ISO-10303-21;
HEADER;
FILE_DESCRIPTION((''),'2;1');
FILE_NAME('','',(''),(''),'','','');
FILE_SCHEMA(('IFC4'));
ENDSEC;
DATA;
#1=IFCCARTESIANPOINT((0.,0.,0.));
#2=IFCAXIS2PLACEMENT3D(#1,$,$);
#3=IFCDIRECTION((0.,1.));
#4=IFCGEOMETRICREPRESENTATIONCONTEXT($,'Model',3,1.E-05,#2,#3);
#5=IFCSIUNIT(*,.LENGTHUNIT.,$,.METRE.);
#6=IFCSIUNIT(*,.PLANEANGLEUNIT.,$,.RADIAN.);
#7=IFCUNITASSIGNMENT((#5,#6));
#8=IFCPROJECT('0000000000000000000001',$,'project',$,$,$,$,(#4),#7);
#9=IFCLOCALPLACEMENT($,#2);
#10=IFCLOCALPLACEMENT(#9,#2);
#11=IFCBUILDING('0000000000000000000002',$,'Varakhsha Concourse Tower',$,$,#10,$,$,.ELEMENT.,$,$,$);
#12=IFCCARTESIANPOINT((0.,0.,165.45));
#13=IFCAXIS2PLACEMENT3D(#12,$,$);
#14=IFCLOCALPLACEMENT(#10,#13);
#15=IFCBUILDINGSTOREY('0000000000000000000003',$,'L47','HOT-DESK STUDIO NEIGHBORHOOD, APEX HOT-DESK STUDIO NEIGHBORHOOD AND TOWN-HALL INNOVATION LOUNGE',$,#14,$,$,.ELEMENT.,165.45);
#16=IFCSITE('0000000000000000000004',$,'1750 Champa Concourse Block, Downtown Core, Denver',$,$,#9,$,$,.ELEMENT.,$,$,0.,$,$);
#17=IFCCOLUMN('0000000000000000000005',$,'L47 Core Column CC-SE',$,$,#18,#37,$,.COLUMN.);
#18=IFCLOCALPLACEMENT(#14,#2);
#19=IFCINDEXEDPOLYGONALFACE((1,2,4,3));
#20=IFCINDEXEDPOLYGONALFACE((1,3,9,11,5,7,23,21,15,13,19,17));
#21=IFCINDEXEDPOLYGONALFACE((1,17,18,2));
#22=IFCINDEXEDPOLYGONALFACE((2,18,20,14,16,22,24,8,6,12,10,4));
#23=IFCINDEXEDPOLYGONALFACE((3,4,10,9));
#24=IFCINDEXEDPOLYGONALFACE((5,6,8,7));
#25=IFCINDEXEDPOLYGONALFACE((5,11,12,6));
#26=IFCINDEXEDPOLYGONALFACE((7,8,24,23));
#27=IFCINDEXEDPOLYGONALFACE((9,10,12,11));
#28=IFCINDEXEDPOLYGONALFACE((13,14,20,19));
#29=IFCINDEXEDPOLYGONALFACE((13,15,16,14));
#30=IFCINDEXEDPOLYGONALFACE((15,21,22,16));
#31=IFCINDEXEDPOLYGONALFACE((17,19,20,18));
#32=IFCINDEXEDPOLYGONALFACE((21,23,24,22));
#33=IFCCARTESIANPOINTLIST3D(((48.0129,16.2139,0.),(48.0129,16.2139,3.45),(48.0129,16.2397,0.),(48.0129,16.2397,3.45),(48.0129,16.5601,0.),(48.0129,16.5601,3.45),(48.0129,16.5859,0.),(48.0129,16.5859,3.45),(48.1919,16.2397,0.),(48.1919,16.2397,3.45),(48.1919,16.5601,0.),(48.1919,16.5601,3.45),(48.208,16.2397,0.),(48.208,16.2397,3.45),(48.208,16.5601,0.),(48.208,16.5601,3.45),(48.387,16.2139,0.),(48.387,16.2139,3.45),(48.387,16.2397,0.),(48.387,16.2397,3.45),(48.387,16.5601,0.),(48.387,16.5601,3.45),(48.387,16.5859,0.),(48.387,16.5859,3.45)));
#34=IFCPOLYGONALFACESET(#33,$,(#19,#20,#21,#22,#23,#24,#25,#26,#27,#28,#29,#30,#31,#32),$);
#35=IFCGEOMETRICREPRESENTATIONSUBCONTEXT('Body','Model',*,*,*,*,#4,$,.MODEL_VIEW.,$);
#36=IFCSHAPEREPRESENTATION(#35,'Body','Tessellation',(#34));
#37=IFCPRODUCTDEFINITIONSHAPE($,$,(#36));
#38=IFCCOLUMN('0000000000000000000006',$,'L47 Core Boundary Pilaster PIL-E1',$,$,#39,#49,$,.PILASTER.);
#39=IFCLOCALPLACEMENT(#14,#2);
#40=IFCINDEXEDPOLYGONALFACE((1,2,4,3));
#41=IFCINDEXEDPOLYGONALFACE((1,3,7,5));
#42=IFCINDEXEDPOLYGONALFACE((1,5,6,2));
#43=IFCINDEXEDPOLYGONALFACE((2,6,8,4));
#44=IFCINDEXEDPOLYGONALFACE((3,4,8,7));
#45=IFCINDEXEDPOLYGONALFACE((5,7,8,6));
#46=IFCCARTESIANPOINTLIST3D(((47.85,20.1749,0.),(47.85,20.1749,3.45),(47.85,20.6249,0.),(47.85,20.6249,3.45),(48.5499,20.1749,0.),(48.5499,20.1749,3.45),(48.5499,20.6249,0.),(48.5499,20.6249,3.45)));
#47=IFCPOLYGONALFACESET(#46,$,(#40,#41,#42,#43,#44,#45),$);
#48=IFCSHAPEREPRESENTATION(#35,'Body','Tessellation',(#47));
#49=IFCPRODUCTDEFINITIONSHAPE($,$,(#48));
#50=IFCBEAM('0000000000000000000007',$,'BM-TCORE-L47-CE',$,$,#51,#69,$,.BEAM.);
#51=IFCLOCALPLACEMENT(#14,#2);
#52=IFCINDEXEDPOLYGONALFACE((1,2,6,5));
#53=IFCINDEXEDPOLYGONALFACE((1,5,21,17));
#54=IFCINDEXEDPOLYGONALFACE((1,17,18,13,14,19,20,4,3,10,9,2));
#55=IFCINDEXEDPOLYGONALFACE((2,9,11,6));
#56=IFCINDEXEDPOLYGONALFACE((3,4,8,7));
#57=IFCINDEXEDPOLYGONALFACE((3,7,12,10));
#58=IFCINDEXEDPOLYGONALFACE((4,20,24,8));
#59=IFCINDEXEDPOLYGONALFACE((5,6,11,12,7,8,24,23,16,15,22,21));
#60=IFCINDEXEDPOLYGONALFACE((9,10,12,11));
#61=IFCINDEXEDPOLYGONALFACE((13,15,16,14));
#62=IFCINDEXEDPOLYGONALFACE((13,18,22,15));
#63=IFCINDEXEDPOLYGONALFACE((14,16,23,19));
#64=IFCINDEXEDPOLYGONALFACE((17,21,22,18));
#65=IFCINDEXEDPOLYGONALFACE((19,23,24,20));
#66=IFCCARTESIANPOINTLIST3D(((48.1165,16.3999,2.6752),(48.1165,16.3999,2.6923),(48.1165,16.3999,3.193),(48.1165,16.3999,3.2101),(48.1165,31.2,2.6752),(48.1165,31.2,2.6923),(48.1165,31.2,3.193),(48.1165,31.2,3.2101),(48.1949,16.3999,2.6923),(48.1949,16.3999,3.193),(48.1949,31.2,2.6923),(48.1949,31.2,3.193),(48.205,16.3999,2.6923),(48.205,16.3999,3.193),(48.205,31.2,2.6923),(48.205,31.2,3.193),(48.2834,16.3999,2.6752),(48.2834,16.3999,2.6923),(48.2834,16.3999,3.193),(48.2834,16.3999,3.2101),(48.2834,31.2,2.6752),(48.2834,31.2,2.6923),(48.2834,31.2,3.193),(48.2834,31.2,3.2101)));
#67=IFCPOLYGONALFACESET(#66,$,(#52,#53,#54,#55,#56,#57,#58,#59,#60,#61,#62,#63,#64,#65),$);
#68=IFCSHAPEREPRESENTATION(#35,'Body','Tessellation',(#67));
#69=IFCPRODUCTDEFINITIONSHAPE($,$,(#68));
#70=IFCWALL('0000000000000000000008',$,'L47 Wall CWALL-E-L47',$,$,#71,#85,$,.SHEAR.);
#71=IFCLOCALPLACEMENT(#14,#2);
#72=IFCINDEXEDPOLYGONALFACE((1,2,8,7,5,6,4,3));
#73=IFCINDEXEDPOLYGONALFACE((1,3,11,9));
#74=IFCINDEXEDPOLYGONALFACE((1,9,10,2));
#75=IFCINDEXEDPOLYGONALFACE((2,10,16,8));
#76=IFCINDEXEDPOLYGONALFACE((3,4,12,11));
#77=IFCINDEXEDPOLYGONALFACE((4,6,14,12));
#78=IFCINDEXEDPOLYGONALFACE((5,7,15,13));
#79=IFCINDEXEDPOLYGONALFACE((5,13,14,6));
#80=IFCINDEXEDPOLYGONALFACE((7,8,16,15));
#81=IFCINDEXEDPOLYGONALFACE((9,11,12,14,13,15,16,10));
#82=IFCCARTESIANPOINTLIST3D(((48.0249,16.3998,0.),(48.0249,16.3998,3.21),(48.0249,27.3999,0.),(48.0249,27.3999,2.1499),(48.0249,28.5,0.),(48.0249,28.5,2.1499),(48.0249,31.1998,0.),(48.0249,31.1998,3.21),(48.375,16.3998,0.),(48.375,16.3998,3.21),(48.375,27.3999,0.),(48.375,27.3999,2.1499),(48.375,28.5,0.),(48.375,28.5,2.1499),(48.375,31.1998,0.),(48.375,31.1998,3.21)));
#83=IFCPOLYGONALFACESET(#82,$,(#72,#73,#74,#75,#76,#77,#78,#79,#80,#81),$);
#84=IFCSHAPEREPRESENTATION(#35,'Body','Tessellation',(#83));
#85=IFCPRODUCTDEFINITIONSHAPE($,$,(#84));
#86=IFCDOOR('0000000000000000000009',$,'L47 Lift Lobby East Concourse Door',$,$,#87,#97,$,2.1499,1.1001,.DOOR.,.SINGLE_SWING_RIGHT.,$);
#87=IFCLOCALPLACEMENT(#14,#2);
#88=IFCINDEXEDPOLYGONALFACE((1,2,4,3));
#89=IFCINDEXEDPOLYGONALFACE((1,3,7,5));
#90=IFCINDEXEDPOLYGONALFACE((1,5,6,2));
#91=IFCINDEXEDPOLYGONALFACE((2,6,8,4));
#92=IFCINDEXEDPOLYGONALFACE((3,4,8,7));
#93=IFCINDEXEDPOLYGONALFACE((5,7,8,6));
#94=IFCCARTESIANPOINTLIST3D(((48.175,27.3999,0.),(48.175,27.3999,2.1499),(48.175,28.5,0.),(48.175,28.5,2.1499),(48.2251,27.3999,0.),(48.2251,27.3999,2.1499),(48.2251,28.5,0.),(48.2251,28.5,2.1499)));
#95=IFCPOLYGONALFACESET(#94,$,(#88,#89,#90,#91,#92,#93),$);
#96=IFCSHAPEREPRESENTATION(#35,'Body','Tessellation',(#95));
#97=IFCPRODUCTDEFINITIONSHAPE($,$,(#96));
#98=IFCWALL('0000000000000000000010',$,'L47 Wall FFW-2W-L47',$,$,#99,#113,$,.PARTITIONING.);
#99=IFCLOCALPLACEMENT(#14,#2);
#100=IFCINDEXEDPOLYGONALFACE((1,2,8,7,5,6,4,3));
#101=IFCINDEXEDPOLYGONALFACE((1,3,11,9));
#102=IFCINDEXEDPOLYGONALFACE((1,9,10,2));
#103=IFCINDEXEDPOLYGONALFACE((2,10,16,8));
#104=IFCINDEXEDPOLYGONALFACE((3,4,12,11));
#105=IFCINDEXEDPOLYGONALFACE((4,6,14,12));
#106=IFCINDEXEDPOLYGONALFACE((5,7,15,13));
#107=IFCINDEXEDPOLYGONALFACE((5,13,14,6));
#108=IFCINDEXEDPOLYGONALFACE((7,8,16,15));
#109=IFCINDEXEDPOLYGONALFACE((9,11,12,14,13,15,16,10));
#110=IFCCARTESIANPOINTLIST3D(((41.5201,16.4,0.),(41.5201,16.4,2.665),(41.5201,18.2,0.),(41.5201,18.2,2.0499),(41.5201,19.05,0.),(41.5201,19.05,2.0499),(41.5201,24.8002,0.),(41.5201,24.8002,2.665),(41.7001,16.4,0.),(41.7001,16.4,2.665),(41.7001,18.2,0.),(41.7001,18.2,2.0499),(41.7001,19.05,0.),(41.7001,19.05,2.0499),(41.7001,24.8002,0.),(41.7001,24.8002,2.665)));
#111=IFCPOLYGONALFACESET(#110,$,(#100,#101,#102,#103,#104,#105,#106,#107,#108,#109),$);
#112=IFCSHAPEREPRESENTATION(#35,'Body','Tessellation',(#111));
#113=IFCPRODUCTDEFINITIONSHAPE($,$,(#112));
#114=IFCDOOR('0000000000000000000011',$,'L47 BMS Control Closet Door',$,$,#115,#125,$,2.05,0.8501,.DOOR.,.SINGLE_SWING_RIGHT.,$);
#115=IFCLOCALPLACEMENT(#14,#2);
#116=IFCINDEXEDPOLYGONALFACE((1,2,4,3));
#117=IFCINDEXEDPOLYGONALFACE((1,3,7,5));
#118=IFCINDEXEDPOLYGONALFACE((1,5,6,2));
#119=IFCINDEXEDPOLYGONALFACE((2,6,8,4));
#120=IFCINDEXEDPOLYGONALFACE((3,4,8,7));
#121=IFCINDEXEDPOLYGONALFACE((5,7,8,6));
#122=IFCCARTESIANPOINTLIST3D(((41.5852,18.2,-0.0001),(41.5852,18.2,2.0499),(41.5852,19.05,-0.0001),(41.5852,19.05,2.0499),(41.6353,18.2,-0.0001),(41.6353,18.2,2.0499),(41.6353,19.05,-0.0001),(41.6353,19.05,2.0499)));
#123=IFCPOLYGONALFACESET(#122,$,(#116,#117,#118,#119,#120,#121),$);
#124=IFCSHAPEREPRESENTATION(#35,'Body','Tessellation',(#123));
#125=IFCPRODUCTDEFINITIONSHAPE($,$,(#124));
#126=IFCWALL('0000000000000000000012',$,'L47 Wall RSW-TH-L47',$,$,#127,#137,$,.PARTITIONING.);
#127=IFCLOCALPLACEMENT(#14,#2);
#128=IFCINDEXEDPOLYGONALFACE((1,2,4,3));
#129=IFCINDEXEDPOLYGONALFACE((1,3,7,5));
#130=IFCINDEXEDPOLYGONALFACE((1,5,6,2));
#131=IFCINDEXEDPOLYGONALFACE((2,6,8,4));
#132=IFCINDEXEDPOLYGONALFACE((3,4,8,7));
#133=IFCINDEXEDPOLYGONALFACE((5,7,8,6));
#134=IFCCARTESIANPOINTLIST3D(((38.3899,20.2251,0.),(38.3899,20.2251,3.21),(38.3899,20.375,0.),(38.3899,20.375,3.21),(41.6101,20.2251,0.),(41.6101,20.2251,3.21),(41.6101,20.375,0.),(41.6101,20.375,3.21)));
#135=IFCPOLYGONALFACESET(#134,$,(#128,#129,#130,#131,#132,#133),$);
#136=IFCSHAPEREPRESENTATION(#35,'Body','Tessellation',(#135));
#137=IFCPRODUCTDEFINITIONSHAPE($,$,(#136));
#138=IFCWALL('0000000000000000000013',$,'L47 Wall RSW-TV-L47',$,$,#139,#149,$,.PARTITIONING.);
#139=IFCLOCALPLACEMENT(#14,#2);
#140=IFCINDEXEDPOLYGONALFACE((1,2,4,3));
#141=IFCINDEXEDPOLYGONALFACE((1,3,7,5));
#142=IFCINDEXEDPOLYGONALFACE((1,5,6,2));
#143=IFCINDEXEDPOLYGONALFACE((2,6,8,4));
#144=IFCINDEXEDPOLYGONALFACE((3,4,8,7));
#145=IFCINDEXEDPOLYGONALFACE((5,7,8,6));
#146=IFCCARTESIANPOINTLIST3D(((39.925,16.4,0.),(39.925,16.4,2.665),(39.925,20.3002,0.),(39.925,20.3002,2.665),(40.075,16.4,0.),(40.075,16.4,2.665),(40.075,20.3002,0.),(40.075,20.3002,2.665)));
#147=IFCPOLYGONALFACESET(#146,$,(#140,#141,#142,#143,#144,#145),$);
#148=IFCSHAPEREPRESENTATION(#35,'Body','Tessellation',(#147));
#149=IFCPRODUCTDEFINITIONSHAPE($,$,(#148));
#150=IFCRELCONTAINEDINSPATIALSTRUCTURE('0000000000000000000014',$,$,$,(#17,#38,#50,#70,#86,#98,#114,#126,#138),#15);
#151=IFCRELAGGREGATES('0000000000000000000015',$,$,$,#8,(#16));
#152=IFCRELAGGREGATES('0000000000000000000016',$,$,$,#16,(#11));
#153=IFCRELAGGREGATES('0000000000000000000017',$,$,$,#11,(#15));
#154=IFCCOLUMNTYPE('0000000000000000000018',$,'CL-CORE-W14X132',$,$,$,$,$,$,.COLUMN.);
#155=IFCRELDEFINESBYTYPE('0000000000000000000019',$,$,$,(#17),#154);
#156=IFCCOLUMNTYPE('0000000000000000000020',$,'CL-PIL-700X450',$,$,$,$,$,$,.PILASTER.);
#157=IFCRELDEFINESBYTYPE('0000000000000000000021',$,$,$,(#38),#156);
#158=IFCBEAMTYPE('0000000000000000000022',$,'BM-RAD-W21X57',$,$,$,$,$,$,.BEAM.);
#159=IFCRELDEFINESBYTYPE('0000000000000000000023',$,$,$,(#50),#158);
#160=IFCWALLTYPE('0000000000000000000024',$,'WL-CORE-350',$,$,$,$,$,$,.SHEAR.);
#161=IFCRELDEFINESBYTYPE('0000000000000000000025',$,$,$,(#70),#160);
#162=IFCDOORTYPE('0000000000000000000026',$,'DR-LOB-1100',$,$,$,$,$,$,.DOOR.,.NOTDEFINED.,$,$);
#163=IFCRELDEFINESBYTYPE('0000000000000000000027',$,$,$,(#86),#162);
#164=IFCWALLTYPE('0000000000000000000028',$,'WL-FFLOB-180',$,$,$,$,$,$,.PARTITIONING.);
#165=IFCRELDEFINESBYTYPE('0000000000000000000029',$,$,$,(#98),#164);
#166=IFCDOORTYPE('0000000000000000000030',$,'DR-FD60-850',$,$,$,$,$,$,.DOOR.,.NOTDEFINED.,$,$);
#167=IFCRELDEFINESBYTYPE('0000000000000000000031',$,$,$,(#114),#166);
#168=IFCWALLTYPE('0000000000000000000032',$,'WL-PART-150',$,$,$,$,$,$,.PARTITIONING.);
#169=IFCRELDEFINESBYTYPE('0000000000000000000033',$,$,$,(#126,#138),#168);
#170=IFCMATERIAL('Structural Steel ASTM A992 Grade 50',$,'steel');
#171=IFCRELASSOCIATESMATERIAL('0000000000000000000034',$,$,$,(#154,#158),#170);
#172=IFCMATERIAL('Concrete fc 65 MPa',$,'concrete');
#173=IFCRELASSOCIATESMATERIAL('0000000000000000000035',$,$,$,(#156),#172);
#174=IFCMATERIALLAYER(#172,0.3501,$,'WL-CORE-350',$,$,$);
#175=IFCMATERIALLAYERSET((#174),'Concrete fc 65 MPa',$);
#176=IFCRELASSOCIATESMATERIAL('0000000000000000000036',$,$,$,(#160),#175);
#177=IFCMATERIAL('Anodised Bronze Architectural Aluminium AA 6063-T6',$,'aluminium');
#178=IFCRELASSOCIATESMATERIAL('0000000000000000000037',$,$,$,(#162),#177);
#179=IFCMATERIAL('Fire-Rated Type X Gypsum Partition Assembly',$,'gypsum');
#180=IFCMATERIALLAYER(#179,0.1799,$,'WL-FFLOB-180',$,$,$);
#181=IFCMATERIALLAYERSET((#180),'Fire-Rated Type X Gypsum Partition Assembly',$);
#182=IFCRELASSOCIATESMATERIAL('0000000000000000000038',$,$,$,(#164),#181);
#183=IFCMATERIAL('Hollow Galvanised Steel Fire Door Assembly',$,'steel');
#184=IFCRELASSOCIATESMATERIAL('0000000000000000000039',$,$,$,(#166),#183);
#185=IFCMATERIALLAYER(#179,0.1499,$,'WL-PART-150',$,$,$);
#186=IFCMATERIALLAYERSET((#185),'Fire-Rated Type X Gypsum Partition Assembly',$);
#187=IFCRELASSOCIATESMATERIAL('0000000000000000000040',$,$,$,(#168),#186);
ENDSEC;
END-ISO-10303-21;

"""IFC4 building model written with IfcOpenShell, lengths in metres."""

from ifc_helpers import new_model, si_unit, direction, frame, frame_2d, origin, origin_2d, place, context, subcontext, project, spatial, rectangle, i_section, extrude, material, layer, layer_set, material_profile, profile_set, type_object, element, fill, save


model = new_model("IFC4")

# Units and contexts
model_context = context("Model", 3, precision=1e-05, world=origin(), true_north=direction((0.0, 1.0)))
body_context = subcontext(model_context, "Body", "Model", "MODEL_VIEW")
ifc_project = project(units=[si_unit("LENGTHUNIT", "METRE"), si_unit("PLANEANGLEUNIT", "RADIAN")], contexts=[model_context])

# Site, building, storey
site_placement = place(None, origin())
site = spatial("IfcSite", under=ifc_project, at=site_placement, Name="1750 Champa Concourse Block, Downtown Core, Denver", CompositionType="ELEMENT", RefElevation=0.0)
building_placement = place(site_placement, origin())
building = spatial("IfcBuilding", under=site, at=building_placement, Name="Varakhsha Concourse Tower", CompositionType="ELEMENT")
storey_placement = place(building_placement, frame((0.0, 0.0, 165.45)))
storey = spatial("IfcBuildingStorey", under=building, at=storey_placement, Name="L47", Description="HOT-DESK STUDIO NEIGHBORHOOD, APEX HOT-DESK STUDIO NEIGHBORHOOD AND TOWN-HALL INNOVATION LOUNGE", CompositionType="ELEMENT", Elevation=165.45)

# Columns
ifc_material_1 = material(Name="Structural Steel ASTM A992 Grade 50", Category="steel")
ifc_material_profile_1 = material_profile(ifc_material_1, i_section(OverallWidth=0.374, OverallDepth=0.3721, WebThickness=0.0161, FlangeThickness=0.0259, at=origin_2d()), Name="W14X132")
ifc_profile_set_1 = profile_set([ifc_material_profile_1], Name="Structural Steel ASTM A992 Grade 50")
column_type_1 = type_object("IfcColumnType", Name="CL-CORE-W14X132", PredefinedType="COLUMN", material=ifc_profile_set_1)
column_1_placement = place(storey_placement, frame((48.2, 16.3999, 0.0), z_axis=(0.0, 0.0, 1.0), x_axis=(1.0, 0.0, 0.0)))
element("IfcColumn", 1, at=column_1_placement, inside=storey, type_object=column_type_1, Name="L47 Core Column CC-SE", PredefinedType="COLUMN", context=body_context, shape_type="SweptSolid", body=[
    extrude(i_section(OverallWidth=0.374, OverallDepth=0.3721, WebThickness=0.0161, FlangeThickness=0.0259, at=origin_2d()), origin(), (0.0, 0.0, 1.0), 3.45),
])
ifc_material_2 = material(Name="Concrete fc 65 MPa", Category="concrete")
ifc_material_profile_2 = material_profile(ifc_material_2, rectangle(XDim=0.7, YDim=0.45, at=origin_2d()), Name="RC 700x450")
ifc_profile_set_2 = profile_set([ifc_material_profile_2], Name="Concrete fc 65 MPa")
column_type_2 = type_object("IfcColumnType", Name="CL-PIL-700X450", PredefinedType="PILASTER", material=ifc_profile_set_2)
column_2_placement = place(storey_placement, frame((48.2, 20.3999, 0.0), z_axis=(0.0, 0.0, 1.0), x_axis=(1.0, 0.0, 0.0)))
element("IfcColumn", 2, at=column_2_placement, inside=storey, type_object=column_type_2, Name="L47 Core Boundary Pilaster PIL-E1", PredefinedType="PILASTER", context=body_context, shape_type="SweptSolid", body=[
    extrude(rectangle(XDim=0.7, YDim=0.45, at=origin_2d()), origin(), (0.0, 0.0, 1.0), 3.45),
])

# Beam
ifc_material_profile_3 = material_profile(ifc_material_1, i_section(OverallWidth=0.167, OverallDepth=0.5349, WebThickness=0.01, FlangeThickness=0.0171, at=origin_2d()), Name="W21X57")
ifc_profile_set_3 = profile_set([ifc_material_profile_3], Name="Structural Steel ASTM A992 Grade 50")
beam_type = type_object("IfcBeamType", Name="BM-RAD-W21X57", PredefinedType="BEAM", material=ifc_profile_set_3)
beam_placement = place(storey_placement, frame((48.2, 16.3999, 2.9426), z_axis=(0.0, 1.0, 0.0), x_axis=(-1.0, 0.0, 0.0)))
element("IfcBeam", 3, at=beam_placement, inside=storey, type_object=beam_type, Name="BM-TCORE-L47-CE", PredefinedType="BEAM", context=body_context, shape_type="SweptSolid", body=[
    extrude(i_section(OverallWidth=0.167, OverallDepth=0.5349, WebThickness=0.01, FlangeThickness=0.0171, at=origin_2d()), origin(), (0.0, 0.0, 1.0), 14.8),
])

# Walls, openings, doors
ifc_layer_1 = layer(ifc_material_2, 0.3501, Name="WL-CORE-350")
ifc_layer_set_1 = layer_set([ifc_layer_1], Name="Concrete fc 65 MPa")
wall_type_1 = type_object("IfcWallType", Name="WL-CORE-350", PredefinedType="SHEAR", material=ifc_layer_set_1)
wall_1_placement = place(storey_placement, frame((48.2, 16.3999, 0.0), z_axis=(0.0, 0.0, 1.0), x_axis=(0.0, 1.0, 0.0)))
wall_1 = element("IfcWall", 4, at=wall_1_placement, inside=storey, type_object=wall_type_1, Name="L47 Wall CWALL-E-L47", PredefinedType="SHEAR", context=body_context, shape_type="SweptSolid", body=[
    extrude(rectangle(XDim=14.8, YDim=0.3501, at=frame_2d((7.3999, 0.0))), origin(), (0.0, 0.0, 1.0), 3.21),
])
opening_1_placement = place(wall_1_placement, frame((11.0, 0.0, 0.0)))
opening_1 = element("IfcOpeningElement", 5, at=opening_1_placement, cuts=wall_1, PredefinedType="OPENING", context=body_context, shape_type="SweptSolid", body=[
    extrude(rectangle(XDim=1.1001, YDim=2.1499, at=frame_2d((0.55, 1.075))), frame((0.0, 0.1851, 0.0), z_axis=(0.0, -1.0, 0.0), x_axis=(1.0, 0.0, 0.0)), (0.0, 0.0, 1.0), 0.3701),
])
ifc_material_3 = material(Name="Anodised Bronze Architectural Aluminium AA 6063-T6", Category="aluminium")
door_type_1 = type_object("IfcDoorType", Name="DR-LOB-1100", OperationType="NOTDEFINED", PredefinedType="DOOR", material=ifc_material_3)
door_1_placement = place(opening_1_placement, origin())
door_1 = element("IfcDoor", 6, at=door_1_placement, inside=storey, type_object=door_type_1, Name="L47 Lift Lobby East Concourse Door", OperationType="SINGLE_SWING_RIGHT", OverallHeight=2.1499, OverallWidth=1.1001, PredefinedType="DOOR", context=body_context, shape_type="SweptSolid", body=[
    extrude(rectangle(XDim=1.1001, YDim=2.1499, at=frame_2d((0.55, 1.075))), frame((0.0, 0.0249, 0.0), z_axis=(0.0, -1.0, 0.0), x_axis=(1.0, 0.0, 0.0)), (0.0, 0.0, 1.0), 0.05),
])
fill(opening_1, door_1)
ifc_material_4 = material(Name="Fire-Rated Type X Gypsum Partition Assembly", Category="gypsum")
ifc_layer_2 = layer(ifc_material_4, 0.1799, Name="WL-FFLOB-180")
ifc_layer_set_2 = layer_set([ifc_layer_2], Name="Fire-Rated Type X Gypsum Partition Assembly")
wall_type_2 = type_object("IfcWallType", Name="WL-FFLOB-180", PredefinedType="PARTITIONING", material=ifc_layer_set_2)
wall_2_placement = place(storey_placement, frame((41.6101, 16.3999, 0.0), z_axis=(0.0, 0.0, 1.0), x_axis=(0.0, 1.0, 0.0)))
wall_2 = element("IfcWall", 7, at=wall_2_placement, inside=storey, type_object=wall_type_2, Name="L47 Wall FFW-2W-L47", PredefinedType="PARTITIONING", context=body_context, shape_type="SweptSolid", body=[
    extrude(rectangle(XDim=8.4001, YDim=0.1799, at=frame_2d((4.2002, 0.0))), origin(), (0.0, 0.0, 1.0), 2.665),
])
opening_2_placement = place(wall_2_placement, frame((1.8, 0.0, 0.0)))
opening_2 = element("IfcOpeningElement", 8, at=opening_2_placement, cuts=wall_2, PredefinedType="OPENING", context=body_context, shape_type="SweptSolid", body=[
    extrude(rectangle(XDim=0.8501, YDim=2.05, at=frame_2d((0.425, 1.0249))), frame((0.0, 0.0999, 0.0), z_axis=(0.0, -1.0, 0.0), x_axis=(1.0, 0.0, 0.0)), (0.0, 0.0, 1.0), 0.2),
])
ifc_material_5 = material(Name="Hollow Galvanised Steel Fire Door Assembly", Category="steel")
door_type_2 = type_object("IfcDoorType", Name="DR-FD60-850", OperationType="NOTDEFINED", PredefinedType="DOOR", material=ifc_material_5)
door_2_placement = place(opening_2_placement, origin())
door_2 = element("IfcDoor", 9, at=door_2_placement, inside=storey, type_object=door_type_2, Name="L47 BMS Control Closet Door", OperationType="SINGLE_SWING_RIGHT", OverallHeight=2.05, OverallWidth=0.8501, PredefinedType="DOOR", context=body_context, shape_type="SweptSolid", body=[
    extrude(rectangle(XDim=0.8501, YDim=2.05, at=frame_2d((0.425, 1.0249))), frame((0.0, 0.0249, 0.0), z_axis=(0.0, -1.0, 0.0), x_axis=(1.0, 0.0, 0.0)), (0.0, 0.0, 1.0), 0.05),
])
fill(opening_2, door_2)

# Walls
ifc_layer_3 = layer(ifc_material_4, 0.1499, Name="WL-PART-150")
ifc_layer_set_3 = layer_set([ifc_layer_3], Name="Fire-Rated Type X Gypsum Partition Assembly")
wall_type_3 = type_object("IfcWallType", Name="WL-PART-150", PredefinedType="PARTITIONING", material=ifc_layer_set_3)
wall_3_placement = place(storey_placement, frame((38.3899, 20.3, 0.0), z_axis=(0.0, 0.0, 1.0), x_axis=(1.0, 0.0, 0.0)))
element("IfcWall", 10, at=wall_3_placement, inside=storey, type_object=wall_type_3, Name="L47 Wall RSW-TH-L47", PredefinedType="PARTITIONING", context=body_context, shape_type="SweptSolid", body=[
    extrude(rectangle(XDim=3.2202, YDim=0.1499, at=frame_2d((1.6101, 0.0))), origin(), (0.0, 0.0, 1.0), 3.21),
])
wall_4_placement = place(storey_placement, frame((40.0, 16.3999, 0.0), z_axis=(0.0, 0.0, 1.0), x_axis=(0.0, 1.0, 0.0)))
element("IfcWall", 11, at=wall_4_placement, inside=storey, type_object=wall_type_3, Name="L47 Wall RSW-TV-L47", PredefinedType="PARTITIONING", context=body_context, shape_type="SweptSolid", body=[
    extrude(rectangle(XDim=3.9001, YDim=0.1499, at=frame_2d((1.9502, 0.0))), origin(), (0.0, 0.0, 1.0), 2.665),
])

save(model, "model.ifc")
